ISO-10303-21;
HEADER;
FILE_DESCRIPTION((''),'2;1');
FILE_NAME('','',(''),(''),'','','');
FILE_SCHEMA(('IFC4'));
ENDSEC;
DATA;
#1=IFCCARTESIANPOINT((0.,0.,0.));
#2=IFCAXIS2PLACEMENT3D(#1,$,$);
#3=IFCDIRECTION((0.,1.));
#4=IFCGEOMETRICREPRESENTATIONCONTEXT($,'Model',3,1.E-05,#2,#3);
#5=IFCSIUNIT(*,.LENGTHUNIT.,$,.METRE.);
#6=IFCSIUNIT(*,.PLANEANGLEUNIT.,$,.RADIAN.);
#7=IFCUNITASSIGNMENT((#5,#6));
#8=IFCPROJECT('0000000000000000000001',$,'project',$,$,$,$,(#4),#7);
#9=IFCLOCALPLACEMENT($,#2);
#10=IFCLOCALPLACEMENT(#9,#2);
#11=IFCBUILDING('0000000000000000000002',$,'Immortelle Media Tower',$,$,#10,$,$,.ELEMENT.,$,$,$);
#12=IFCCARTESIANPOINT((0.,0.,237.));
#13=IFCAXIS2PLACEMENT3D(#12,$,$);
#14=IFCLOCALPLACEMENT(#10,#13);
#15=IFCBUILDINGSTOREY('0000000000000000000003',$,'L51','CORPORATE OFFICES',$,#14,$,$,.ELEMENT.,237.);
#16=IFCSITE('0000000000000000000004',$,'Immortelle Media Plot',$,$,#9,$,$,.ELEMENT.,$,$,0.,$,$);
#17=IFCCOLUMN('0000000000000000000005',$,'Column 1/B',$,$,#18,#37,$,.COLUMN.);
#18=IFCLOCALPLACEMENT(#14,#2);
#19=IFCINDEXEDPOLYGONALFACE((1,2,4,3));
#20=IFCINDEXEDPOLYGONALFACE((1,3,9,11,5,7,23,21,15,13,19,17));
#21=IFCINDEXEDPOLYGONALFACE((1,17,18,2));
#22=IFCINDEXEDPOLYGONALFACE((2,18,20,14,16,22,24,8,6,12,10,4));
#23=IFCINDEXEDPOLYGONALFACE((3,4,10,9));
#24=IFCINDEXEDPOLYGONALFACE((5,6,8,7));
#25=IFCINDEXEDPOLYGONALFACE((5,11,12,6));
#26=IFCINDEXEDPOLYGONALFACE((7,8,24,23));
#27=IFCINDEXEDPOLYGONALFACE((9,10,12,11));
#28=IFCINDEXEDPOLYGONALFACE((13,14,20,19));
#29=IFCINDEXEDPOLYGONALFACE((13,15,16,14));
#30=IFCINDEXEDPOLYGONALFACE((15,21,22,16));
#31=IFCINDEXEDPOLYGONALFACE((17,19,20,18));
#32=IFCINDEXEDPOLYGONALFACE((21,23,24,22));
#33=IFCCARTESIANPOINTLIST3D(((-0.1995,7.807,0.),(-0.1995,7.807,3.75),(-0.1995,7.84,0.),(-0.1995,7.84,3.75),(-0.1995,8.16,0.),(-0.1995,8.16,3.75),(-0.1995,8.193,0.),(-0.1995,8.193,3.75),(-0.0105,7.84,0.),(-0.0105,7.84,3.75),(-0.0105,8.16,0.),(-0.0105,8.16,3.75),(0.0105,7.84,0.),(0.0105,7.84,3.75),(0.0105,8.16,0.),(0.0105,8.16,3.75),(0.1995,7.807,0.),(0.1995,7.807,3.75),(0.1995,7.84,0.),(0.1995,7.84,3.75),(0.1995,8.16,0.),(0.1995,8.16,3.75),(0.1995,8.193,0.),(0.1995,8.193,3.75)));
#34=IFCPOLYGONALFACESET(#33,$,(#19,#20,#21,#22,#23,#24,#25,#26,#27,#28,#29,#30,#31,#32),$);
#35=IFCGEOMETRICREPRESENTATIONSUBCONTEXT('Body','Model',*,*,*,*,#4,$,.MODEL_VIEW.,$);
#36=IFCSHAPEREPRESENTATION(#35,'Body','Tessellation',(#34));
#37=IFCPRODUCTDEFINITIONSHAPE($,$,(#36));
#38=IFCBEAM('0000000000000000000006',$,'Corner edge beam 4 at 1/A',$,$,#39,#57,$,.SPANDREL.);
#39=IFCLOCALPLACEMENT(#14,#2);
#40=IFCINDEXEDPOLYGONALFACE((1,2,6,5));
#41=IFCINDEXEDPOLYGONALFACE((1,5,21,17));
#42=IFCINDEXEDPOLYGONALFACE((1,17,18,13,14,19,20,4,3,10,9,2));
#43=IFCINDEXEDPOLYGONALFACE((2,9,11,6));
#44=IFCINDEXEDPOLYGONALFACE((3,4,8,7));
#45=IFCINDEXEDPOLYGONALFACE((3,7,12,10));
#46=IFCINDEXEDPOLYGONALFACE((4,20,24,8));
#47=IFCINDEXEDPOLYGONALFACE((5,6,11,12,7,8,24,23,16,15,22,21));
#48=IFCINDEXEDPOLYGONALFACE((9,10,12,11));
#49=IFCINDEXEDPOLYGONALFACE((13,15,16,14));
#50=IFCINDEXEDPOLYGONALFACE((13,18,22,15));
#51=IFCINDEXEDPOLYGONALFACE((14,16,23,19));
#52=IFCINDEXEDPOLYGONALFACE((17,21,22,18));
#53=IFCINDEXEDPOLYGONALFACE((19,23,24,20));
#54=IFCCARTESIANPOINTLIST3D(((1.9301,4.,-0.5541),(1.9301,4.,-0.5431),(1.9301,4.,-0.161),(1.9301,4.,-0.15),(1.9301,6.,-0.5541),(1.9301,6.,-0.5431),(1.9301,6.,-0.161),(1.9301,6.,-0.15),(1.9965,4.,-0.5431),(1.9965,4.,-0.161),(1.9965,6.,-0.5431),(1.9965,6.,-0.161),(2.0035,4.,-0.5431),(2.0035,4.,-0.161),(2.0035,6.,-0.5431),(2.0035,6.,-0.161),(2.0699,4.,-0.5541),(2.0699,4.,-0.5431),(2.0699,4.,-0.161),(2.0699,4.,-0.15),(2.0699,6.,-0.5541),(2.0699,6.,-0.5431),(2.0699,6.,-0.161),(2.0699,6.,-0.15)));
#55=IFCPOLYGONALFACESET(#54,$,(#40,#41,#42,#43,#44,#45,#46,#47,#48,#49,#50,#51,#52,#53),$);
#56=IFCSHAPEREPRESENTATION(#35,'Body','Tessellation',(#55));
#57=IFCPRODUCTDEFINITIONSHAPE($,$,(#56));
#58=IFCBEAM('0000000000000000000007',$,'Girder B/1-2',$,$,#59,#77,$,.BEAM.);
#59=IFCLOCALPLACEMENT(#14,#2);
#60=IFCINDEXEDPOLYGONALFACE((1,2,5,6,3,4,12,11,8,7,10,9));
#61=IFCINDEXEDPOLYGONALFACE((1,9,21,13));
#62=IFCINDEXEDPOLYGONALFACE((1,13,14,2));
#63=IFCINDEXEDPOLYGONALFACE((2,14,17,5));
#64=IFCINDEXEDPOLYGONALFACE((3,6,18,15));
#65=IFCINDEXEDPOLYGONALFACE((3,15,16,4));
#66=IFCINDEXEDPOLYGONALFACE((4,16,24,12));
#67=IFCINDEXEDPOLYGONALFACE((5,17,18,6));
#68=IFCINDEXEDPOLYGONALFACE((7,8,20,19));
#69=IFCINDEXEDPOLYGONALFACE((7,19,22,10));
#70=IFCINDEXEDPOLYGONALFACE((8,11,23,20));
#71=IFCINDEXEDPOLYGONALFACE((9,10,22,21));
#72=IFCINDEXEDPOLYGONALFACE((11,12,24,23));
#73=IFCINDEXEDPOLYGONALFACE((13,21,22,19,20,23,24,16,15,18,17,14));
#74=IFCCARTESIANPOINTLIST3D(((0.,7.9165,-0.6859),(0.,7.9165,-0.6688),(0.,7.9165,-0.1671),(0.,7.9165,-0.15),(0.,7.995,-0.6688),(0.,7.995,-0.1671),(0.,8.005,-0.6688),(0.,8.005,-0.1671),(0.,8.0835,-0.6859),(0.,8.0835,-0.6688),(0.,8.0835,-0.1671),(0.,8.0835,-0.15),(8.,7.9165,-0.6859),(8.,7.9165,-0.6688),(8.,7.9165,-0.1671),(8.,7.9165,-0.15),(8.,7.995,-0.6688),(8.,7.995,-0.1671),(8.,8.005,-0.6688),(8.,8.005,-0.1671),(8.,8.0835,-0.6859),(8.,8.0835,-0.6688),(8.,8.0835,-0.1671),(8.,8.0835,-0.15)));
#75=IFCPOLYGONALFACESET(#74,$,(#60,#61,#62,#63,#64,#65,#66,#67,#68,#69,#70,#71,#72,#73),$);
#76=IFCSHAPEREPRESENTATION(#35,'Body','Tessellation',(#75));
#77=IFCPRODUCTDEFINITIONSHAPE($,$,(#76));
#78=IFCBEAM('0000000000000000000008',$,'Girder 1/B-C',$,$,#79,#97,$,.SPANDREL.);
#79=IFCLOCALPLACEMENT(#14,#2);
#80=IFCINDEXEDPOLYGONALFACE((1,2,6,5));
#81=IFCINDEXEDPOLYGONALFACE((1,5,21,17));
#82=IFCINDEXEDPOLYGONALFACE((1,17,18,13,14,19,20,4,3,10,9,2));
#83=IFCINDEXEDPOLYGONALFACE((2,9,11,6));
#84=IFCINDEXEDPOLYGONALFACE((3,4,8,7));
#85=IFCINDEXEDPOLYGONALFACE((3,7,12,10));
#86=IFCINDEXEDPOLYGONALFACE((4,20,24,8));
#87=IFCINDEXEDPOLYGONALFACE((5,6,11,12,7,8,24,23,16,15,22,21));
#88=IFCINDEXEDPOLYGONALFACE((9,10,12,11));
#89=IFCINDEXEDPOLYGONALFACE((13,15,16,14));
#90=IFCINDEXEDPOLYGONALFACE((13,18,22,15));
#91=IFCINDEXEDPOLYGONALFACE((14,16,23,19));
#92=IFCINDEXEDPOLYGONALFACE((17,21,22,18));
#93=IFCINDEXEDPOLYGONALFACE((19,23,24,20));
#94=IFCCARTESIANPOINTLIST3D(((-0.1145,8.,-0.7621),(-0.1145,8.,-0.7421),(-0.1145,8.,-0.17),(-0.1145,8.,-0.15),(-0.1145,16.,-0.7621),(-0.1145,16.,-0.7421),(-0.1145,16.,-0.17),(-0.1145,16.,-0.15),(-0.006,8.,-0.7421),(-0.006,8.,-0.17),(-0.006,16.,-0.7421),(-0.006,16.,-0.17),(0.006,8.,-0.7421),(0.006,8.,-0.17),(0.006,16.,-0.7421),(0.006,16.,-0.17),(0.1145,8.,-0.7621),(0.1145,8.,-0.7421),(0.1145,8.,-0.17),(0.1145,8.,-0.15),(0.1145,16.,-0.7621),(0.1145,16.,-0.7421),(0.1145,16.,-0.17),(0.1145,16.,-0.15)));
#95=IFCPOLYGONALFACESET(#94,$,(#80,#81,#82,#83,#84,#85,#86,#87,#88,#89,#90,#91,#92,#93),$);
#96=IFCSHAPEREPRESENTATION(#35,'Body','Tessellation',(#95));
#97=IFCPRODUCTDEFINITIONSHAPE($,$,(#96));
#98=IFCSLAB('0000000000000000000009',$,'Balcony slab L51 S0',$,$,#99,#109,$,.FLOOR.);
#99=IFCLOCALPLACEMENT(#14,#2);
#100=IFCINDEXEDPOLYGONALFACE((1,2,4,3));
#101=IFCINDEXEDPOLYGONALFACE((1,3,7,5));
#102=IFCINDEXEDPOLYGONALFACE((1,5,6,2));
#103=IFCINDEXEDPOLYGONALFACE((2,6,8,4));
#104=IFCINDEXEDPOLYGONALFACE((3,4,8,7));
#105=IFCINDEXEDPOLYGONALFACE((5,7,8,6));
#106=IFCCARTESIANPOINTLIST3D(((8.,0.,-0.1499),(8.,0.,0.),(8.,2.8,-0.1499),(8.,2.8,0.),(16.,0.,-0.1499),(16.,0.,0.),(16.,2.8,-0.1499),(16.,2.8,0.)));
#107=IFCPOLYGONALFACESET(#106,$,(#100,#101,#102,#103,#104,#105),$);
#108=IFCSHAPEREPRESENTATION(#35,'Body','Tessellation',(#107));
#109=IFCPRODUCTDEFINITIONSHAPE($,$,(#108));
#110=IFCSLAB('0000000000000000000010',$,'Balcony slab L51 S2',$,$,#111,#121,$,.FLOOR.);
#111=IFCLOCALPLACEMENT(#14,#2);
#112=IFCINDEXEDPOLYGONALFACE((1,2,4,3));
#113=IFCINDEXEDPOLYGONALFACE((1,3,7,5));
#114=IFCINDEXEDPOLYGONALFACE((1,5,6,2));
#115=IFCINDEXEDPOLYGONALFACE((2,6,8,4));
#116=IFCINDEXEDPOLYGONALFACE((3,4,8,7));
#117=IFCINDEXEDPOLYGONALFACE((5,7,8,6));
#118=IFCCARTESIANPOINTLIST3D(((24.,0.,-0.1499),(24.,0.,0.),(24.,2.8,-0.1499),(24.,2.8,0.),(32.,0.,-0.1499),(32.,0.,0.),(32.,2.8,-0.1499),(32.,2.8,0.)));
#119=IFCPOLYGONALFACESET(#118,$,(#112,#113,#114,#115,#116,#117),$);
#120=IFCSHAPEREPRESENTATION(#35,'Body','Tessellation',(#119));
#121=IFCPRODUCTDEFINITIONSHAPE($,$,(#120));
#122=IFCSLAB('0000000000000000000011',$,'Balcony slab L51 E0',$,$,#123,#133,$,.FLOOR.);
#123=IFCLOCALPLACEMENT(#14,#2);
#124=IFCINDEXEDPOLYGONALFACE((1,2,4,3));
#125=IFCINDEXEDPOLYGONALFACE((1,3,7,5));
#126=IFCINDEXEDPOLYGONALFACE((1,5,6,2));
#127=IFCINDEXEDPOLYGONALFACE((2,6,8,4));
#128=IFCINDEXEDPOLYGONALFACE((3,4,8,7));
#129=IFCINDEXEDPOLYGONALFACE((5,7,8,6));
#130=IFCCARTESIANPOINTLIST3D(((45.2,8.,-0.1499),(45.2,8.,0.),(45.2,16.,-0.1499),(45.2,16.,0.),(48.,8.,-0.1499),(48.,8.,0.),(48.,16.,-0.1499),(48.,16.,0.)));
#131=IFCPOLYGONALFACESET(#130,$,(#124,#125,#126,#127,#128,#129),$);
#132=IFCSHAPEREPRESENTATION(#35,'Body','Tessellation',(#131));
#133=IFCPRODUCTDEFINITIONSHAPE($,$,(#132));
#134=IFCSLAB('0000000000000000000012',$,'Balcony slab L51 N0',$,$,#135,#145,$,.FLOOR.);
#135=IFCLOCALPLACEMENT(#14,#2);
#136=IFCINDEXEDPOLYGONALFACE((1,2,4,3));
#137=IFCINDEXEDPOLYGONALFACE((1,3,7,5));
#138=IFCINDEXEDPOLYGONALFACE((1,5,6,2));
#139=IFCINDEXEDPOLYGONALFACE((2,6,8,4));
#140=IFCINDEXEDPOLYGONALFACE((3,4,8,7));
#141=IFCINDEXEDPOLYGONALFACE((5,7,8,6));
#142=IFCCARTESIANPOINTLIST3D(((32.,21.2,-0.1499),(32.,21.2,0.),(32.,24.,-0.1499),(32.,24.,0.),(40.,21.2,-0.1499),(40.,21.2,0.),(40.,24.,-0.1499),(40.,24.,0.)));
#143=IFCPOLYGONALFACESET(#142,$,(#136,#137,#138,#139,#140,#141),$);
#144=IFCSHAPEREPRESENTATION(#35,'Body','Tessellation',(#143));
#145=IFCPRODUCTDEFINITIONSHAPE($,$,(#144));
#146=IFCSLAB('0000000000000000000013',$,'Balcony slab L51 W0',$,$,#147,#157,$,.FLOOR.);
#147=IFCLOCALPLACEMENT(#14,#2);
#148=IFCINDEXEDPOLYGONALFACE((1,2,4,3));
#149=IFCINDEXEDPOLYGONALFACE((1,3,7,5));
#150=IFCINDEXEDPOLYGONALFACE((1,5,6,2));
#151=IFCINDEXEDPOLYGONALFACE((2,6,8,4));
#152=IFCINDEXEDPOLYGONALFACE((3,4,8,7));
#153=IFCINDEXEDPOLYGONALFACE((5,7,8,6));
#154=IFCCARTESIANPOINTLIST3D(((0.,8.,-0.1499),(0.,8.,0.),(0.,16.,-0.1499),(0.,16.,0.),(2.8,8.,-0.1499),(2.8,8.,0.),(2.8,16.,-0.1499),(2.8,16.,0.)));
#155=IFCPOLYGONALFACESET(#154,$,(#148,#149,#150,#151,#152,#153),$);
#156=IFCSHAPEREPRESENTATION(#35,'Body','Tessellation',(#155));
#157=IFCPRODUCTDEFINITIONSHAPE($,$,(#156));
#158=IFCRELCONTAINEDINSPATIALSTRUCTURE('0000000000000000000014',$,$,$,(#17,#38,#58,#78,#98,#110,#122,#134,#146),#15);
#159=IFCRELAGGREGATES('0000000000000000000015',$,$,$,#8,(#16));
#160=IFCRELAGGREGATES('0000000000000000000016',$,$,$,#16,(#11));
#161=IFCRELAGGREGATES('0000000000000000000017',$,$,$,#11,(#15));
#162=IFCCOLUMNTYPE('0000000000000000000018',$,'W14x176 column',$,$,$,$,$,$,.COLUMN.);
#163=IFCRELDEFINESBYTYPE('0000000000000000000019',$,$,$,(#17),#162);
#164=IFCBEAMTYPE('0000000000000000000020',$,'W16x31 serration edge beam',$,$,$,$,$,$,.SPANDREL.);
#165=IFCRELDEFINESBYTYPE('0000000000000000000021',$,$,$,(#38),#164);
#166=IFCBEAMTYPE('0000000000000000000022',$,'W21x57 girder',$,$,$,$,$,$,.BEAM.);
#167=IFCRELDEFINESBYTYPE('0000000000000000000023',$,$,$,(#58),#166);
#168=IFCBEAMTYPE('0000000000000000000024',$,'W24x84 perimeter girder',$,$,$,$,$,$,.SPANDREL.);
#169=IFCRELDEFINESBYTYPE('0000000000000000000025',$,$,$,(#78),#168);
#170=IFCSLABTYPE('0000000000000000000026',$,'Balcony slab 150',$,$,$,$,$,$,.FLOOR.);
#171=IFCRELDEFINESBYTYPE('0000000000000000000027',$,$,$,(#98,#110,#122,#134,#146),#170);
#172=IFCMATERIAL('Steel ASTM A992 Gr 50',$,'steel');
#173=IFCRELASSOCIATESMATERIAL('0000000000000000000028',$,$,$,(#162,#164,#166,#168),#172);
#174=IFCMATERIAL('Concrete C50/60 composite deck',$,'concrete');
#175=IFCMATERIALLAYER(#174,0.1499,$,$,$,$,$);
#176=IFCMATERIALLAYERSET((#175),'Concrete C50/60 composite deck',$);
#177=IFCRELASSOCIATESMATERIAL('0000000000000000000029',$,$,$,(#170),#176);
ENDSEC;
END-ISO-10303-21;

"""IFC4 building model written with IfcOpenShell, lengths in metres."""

from ifc_helpers import new_model, si_unit, direction, frame, origin, origin_2d, place, context, subcontext, project, spatial, polyline, i_section, outline, extrude, material, layer, layer_set, material_profile, profile_set, type_object, element, save


model = new_model("IFC4")

# Units and contexts
model_context = context("Model", 3, precision=1e-05, world=origin(), true_north=direction((0.0, 1.0)))
body_context = subcontext(model_context, "Body", "Model", "MODEL_VIEW")
ifc_project = project(units=[si_unit("LENGTHUNIT", "METRE"), si_unit("PLANEANGLEUNIT", "RADIAN")], contexts=[model_context])

# Site, building, storey
site_placement = place(None, origin())
site = spatial("IfcSite", under=ifc_project, at=site_placement, Name="Immortelle Media Plot", CompositionType="ELEMENT", RefElevation=0.0)
building_placement = place(site_placement, origin())
building = spatial("IfcBuilding", under=site, at=building_placement, Name="Immortelle Media Tower", CompositionType="ELEMENT")
storey_placement = place(building_placement, frame((0.0, 0.0, 237.0)))
storey = spatial("IfcBuildingStorey", under=building, at=storey_placement, Name="L51", Description="CORPORATE OFFICES", CompositionType="ELEMENT", Elevation=237.0)

# Column
ifc_material_1 = material(Name="Steel ASTM A992 Gr 50", Category="steel")
ifc_material_profile_1 = material_profile(ifc_material_1, i_section(OverallWidth=0.3989, OverallDepth=0.386, WebThickness=0.021, FlangeThickness=0.033, at=origin_2d()), Name="W14x176")
ifc_profile_set_1 = profile_set([ifc_material_profile_1], Name="Steel ASTM A992 Gr 50")
column_type = type_object("IfcColumnType", Name="W14x176 column", PredefinedType="COLUMN", material=ifc_profile_set_1)
column_placement = place(storey_placement, frame((0.0, 8.0, 0.0), z_axis=(0.0, 0.0, 1.0), x_axis=(1.0, 0.0, 0.0)))
element("IfcColumn", 1, at=column_placement, inside=storey, type_object=column_type, Name="Column 1/B", PredefinedType="COLUMN", context=body_context, shape_type="SweptSolid", body=[
    extrude(i_section(OverallWidth=0.3989, OverallDepth=0.386, WebThickness=0.021, FlangeThickness=0.033, at=origin_2d()), origin(), (0.0, 0.0, 1.0), 3.75),
])

# Beams
ifc_material_profile_2 = material_profile(ifc_material_1, i_section(OverallWidth=0.1399, OverallDepth=0.4041, WebThickness=0.0071, FlangeThickness=0.011, at=origin_2d()), Name="W16x31")
ifc_profile_set_2 = profile_set([ifc_material_profile_2], Name="Steel ASTM A992 Gr 50")
beam_type_1 = type_object("IfcBeamType", Name="W16x31 serration edge beam", PredefinedType="SPANDREL", material=ifc_profile_set_2)
beam_1_placement = place(storey_placement, frame((2.0, 4.0, -0.3521), z_axis=(0.0, 1.0, 0.0), x_axis=(-1.0, 0.0, 0.0)))
element("IfcBeam", 2, at=beam_1_placement, inside=storey, type_object=beam_type_1, Name="Corner edge beam 4 at 1/A", PredefinedType="SPANDREL", context=body_context, shape_type="SweptSolid", body=[
    extrude(i_section(OverallWidth=0.1399, OverallDepth=0.4041, WebThickness=0.0071, FlangeThickness=0.011, at=origin_2d()), origin(), (0.0, 0.0, 1.0), 2.0),
])
ifc_material_profile_3 = material_profile(ifc_material_1, i_section(OverallWidth=0.167, OverallDepth=0.5359, WebThickness=0.01, FlangeThickness=0.0171, at=origin_2d()), Name="W21x57")
ifc_profile_set_3 = profile_set([ifc_material_profile_3], Name="Steel ASTM A992 Gr 50")
beam_type_2 = type_object("IfcBeamType", Name="W21x57 girder", PredefinedType="BEAM", material=ifc_profile_set_3)
beam_2_placement = place(storey_placement, frame((0.0, 8.0, -0.418), z_axis=(1.0, 0.0, 0.0), x_axis=(0.0, 1.0, 0.0)))
element("IfcBeam", 3, at=beam_2_placement, inside=storey, type_object=beam_type_2, Name="Girder B/1-2", PredefinedType="BEAM", context=body_context, shape_type="SweptSolid", body=[
    extrude(i_section(OverallWidth=0.167, OverallDepth=0.5359, WebThickness=0.01, FlangeThickness=0.0171, at=origin_2d()), origin(), (0.0, 0.0, 1.0), 8.0),
])
ifc_material_profile_4 = material_profile(ifc_material_1, i_section(OverallWidth=0.229, OverallDepth=0.6121, WebThickness=0.012, FlangeThickness=0.02, at=origin_2d()), Name="W24x84")
ifc_profile_set_4 = profile_set([ifc_material_profile_4], Name="Steel ASTM A992 Gr 50")
beam_type_3 = type_object("IfcBeamType", Name="W24x84 perimeter girder", PredefinedType="SPANDREL", material=ifc_profile_set_4)
beam_3_placement = place(storey_placement, frame((0.0, 8.0, -0.4561), z_axis=(0.0, 1.0, 0.0), x_axis=(-1.0, 0.0, 0.0)))
element("IfcBeam", 4, at=beam_3_placement, inside=storey, type_object=beam_type_3, Name="Girder 1/B-C", PredefinedType="SPANDREL", context=body_context, shape_type="SweptSolid", body=[
    extrude(i_section(OverallWidth=0.229, OverallDepth=0.6121, WebThickness=0.012, FlangeThickness=0.02, at=origin_2d()), origin(), (0.0, 0.0, 1.0), 8.0),
])

# Slabs
ifc_material_2 = material(Name="Concrete C50/60 composite deck", Category="concrete")
ifc_layer_1 = layer(ifc_material_2, 0.1499)
ifc_layer_set_1 = layer_set([ifc_layer_1], Name="Concrete C50/60 composite deck")
slab_type_1 = type_object("IfcSlabType", Name="Balcony slab 150", PredefinedType="FLOOR", material=ifc_layer_set_1)
slab_1_placement = place(storey_placement, frame((0.0, 0.0, -0.1499)))
element("IfcSlab", 5, at=slab_1_placement, inside=storey, type_object=slab_type_1, Name="Balcony slab L51 S0", PredefinedType="FLOOR", context=body_context, shape_type="SweptSolid", body=[
    extrude(outline(polyline([(16.0, 0.0), (16.0, 2.8), (8.0, 2.8), (8.0, 0.0), (16.0, 0.0)])), origin(), (0.0, 0.0, 1.0), 0.1499),
])
slab_2_placement = place(storey_placement, frame((0.0, 0.0, -0.1499)))
element("IfcSlab", 6, at=slab_2_placement, inside=storey, type_object=slab_type_1, Name="Balcony slab L51 S2", PredefinedType="FLOOR", context=body_context, shape_type="SweptSolid", body=[
    extrude(outline(polyline([(32.0, 0.0), (32.0, 2.8), (24.0, 2.8), (24.0, 0.0), (32.0, 0.0)])), origin(), (0.0, 0.0, 1.0), 0.1499),
])
slab_3_placement = place(storey_placement, frame((0.0, 0.0, -0.1499)))
element("IfcSlab", 7, at=slab_3_placement, inside=storey, type_object=slab_type_1, Name="Balcony slab L51 E0", PredefinedType="FLOOR", context=body_context, shape_type="SweptSolid", body=[
    extrude(outline(polyline([(48.0, 8.0), (48.0, 16.0), (45.2, 16.0), (45.2, 8.0), (48.0, 8.0)])), origin(), (0.0, 0.0, 1.0), 0.1499),
])
slab_4_placement = place(storey_placement, frame((0.0, 0.0, -0.1499)))
element("IfcSlab", 8, at=slab_4_placement, inside=storey, type_object=slab_type_1, Name="Balcony slab L51 N0", PredefinedType="FLOOR", context=body_context, shape_type="SweptSolid", body=[
    extrude(outline(polyline([(40.0, 21.2), (40.0, 24.0), (32.0, 24.0), (32.0, 21.2), (40.0, 21.2)])), origin(), (0.0, 0.0, 1.0), 0.1499),
])
slab_5_placement = place(storey_placement, frame((0.0, 0.0, -0.1499)))
element("IfcSlab", 9, at=slab_5_placement, inside=storey, type_object=slab_type_1, Name="Balcony slab L51 W0", PredefinedType="FLOOR", context=body_context, shape_type="SweptSolid", body=[
    extrude(outline(polyline([(2.8, 8.0), (2.8, 16.0), (0.0, 16.0), (0.0, 8.0), (2.8, 8.0)])), origin(), (0.0, 0.0, 1.0), 0.1499),
])

save(model, "model.ifc")
